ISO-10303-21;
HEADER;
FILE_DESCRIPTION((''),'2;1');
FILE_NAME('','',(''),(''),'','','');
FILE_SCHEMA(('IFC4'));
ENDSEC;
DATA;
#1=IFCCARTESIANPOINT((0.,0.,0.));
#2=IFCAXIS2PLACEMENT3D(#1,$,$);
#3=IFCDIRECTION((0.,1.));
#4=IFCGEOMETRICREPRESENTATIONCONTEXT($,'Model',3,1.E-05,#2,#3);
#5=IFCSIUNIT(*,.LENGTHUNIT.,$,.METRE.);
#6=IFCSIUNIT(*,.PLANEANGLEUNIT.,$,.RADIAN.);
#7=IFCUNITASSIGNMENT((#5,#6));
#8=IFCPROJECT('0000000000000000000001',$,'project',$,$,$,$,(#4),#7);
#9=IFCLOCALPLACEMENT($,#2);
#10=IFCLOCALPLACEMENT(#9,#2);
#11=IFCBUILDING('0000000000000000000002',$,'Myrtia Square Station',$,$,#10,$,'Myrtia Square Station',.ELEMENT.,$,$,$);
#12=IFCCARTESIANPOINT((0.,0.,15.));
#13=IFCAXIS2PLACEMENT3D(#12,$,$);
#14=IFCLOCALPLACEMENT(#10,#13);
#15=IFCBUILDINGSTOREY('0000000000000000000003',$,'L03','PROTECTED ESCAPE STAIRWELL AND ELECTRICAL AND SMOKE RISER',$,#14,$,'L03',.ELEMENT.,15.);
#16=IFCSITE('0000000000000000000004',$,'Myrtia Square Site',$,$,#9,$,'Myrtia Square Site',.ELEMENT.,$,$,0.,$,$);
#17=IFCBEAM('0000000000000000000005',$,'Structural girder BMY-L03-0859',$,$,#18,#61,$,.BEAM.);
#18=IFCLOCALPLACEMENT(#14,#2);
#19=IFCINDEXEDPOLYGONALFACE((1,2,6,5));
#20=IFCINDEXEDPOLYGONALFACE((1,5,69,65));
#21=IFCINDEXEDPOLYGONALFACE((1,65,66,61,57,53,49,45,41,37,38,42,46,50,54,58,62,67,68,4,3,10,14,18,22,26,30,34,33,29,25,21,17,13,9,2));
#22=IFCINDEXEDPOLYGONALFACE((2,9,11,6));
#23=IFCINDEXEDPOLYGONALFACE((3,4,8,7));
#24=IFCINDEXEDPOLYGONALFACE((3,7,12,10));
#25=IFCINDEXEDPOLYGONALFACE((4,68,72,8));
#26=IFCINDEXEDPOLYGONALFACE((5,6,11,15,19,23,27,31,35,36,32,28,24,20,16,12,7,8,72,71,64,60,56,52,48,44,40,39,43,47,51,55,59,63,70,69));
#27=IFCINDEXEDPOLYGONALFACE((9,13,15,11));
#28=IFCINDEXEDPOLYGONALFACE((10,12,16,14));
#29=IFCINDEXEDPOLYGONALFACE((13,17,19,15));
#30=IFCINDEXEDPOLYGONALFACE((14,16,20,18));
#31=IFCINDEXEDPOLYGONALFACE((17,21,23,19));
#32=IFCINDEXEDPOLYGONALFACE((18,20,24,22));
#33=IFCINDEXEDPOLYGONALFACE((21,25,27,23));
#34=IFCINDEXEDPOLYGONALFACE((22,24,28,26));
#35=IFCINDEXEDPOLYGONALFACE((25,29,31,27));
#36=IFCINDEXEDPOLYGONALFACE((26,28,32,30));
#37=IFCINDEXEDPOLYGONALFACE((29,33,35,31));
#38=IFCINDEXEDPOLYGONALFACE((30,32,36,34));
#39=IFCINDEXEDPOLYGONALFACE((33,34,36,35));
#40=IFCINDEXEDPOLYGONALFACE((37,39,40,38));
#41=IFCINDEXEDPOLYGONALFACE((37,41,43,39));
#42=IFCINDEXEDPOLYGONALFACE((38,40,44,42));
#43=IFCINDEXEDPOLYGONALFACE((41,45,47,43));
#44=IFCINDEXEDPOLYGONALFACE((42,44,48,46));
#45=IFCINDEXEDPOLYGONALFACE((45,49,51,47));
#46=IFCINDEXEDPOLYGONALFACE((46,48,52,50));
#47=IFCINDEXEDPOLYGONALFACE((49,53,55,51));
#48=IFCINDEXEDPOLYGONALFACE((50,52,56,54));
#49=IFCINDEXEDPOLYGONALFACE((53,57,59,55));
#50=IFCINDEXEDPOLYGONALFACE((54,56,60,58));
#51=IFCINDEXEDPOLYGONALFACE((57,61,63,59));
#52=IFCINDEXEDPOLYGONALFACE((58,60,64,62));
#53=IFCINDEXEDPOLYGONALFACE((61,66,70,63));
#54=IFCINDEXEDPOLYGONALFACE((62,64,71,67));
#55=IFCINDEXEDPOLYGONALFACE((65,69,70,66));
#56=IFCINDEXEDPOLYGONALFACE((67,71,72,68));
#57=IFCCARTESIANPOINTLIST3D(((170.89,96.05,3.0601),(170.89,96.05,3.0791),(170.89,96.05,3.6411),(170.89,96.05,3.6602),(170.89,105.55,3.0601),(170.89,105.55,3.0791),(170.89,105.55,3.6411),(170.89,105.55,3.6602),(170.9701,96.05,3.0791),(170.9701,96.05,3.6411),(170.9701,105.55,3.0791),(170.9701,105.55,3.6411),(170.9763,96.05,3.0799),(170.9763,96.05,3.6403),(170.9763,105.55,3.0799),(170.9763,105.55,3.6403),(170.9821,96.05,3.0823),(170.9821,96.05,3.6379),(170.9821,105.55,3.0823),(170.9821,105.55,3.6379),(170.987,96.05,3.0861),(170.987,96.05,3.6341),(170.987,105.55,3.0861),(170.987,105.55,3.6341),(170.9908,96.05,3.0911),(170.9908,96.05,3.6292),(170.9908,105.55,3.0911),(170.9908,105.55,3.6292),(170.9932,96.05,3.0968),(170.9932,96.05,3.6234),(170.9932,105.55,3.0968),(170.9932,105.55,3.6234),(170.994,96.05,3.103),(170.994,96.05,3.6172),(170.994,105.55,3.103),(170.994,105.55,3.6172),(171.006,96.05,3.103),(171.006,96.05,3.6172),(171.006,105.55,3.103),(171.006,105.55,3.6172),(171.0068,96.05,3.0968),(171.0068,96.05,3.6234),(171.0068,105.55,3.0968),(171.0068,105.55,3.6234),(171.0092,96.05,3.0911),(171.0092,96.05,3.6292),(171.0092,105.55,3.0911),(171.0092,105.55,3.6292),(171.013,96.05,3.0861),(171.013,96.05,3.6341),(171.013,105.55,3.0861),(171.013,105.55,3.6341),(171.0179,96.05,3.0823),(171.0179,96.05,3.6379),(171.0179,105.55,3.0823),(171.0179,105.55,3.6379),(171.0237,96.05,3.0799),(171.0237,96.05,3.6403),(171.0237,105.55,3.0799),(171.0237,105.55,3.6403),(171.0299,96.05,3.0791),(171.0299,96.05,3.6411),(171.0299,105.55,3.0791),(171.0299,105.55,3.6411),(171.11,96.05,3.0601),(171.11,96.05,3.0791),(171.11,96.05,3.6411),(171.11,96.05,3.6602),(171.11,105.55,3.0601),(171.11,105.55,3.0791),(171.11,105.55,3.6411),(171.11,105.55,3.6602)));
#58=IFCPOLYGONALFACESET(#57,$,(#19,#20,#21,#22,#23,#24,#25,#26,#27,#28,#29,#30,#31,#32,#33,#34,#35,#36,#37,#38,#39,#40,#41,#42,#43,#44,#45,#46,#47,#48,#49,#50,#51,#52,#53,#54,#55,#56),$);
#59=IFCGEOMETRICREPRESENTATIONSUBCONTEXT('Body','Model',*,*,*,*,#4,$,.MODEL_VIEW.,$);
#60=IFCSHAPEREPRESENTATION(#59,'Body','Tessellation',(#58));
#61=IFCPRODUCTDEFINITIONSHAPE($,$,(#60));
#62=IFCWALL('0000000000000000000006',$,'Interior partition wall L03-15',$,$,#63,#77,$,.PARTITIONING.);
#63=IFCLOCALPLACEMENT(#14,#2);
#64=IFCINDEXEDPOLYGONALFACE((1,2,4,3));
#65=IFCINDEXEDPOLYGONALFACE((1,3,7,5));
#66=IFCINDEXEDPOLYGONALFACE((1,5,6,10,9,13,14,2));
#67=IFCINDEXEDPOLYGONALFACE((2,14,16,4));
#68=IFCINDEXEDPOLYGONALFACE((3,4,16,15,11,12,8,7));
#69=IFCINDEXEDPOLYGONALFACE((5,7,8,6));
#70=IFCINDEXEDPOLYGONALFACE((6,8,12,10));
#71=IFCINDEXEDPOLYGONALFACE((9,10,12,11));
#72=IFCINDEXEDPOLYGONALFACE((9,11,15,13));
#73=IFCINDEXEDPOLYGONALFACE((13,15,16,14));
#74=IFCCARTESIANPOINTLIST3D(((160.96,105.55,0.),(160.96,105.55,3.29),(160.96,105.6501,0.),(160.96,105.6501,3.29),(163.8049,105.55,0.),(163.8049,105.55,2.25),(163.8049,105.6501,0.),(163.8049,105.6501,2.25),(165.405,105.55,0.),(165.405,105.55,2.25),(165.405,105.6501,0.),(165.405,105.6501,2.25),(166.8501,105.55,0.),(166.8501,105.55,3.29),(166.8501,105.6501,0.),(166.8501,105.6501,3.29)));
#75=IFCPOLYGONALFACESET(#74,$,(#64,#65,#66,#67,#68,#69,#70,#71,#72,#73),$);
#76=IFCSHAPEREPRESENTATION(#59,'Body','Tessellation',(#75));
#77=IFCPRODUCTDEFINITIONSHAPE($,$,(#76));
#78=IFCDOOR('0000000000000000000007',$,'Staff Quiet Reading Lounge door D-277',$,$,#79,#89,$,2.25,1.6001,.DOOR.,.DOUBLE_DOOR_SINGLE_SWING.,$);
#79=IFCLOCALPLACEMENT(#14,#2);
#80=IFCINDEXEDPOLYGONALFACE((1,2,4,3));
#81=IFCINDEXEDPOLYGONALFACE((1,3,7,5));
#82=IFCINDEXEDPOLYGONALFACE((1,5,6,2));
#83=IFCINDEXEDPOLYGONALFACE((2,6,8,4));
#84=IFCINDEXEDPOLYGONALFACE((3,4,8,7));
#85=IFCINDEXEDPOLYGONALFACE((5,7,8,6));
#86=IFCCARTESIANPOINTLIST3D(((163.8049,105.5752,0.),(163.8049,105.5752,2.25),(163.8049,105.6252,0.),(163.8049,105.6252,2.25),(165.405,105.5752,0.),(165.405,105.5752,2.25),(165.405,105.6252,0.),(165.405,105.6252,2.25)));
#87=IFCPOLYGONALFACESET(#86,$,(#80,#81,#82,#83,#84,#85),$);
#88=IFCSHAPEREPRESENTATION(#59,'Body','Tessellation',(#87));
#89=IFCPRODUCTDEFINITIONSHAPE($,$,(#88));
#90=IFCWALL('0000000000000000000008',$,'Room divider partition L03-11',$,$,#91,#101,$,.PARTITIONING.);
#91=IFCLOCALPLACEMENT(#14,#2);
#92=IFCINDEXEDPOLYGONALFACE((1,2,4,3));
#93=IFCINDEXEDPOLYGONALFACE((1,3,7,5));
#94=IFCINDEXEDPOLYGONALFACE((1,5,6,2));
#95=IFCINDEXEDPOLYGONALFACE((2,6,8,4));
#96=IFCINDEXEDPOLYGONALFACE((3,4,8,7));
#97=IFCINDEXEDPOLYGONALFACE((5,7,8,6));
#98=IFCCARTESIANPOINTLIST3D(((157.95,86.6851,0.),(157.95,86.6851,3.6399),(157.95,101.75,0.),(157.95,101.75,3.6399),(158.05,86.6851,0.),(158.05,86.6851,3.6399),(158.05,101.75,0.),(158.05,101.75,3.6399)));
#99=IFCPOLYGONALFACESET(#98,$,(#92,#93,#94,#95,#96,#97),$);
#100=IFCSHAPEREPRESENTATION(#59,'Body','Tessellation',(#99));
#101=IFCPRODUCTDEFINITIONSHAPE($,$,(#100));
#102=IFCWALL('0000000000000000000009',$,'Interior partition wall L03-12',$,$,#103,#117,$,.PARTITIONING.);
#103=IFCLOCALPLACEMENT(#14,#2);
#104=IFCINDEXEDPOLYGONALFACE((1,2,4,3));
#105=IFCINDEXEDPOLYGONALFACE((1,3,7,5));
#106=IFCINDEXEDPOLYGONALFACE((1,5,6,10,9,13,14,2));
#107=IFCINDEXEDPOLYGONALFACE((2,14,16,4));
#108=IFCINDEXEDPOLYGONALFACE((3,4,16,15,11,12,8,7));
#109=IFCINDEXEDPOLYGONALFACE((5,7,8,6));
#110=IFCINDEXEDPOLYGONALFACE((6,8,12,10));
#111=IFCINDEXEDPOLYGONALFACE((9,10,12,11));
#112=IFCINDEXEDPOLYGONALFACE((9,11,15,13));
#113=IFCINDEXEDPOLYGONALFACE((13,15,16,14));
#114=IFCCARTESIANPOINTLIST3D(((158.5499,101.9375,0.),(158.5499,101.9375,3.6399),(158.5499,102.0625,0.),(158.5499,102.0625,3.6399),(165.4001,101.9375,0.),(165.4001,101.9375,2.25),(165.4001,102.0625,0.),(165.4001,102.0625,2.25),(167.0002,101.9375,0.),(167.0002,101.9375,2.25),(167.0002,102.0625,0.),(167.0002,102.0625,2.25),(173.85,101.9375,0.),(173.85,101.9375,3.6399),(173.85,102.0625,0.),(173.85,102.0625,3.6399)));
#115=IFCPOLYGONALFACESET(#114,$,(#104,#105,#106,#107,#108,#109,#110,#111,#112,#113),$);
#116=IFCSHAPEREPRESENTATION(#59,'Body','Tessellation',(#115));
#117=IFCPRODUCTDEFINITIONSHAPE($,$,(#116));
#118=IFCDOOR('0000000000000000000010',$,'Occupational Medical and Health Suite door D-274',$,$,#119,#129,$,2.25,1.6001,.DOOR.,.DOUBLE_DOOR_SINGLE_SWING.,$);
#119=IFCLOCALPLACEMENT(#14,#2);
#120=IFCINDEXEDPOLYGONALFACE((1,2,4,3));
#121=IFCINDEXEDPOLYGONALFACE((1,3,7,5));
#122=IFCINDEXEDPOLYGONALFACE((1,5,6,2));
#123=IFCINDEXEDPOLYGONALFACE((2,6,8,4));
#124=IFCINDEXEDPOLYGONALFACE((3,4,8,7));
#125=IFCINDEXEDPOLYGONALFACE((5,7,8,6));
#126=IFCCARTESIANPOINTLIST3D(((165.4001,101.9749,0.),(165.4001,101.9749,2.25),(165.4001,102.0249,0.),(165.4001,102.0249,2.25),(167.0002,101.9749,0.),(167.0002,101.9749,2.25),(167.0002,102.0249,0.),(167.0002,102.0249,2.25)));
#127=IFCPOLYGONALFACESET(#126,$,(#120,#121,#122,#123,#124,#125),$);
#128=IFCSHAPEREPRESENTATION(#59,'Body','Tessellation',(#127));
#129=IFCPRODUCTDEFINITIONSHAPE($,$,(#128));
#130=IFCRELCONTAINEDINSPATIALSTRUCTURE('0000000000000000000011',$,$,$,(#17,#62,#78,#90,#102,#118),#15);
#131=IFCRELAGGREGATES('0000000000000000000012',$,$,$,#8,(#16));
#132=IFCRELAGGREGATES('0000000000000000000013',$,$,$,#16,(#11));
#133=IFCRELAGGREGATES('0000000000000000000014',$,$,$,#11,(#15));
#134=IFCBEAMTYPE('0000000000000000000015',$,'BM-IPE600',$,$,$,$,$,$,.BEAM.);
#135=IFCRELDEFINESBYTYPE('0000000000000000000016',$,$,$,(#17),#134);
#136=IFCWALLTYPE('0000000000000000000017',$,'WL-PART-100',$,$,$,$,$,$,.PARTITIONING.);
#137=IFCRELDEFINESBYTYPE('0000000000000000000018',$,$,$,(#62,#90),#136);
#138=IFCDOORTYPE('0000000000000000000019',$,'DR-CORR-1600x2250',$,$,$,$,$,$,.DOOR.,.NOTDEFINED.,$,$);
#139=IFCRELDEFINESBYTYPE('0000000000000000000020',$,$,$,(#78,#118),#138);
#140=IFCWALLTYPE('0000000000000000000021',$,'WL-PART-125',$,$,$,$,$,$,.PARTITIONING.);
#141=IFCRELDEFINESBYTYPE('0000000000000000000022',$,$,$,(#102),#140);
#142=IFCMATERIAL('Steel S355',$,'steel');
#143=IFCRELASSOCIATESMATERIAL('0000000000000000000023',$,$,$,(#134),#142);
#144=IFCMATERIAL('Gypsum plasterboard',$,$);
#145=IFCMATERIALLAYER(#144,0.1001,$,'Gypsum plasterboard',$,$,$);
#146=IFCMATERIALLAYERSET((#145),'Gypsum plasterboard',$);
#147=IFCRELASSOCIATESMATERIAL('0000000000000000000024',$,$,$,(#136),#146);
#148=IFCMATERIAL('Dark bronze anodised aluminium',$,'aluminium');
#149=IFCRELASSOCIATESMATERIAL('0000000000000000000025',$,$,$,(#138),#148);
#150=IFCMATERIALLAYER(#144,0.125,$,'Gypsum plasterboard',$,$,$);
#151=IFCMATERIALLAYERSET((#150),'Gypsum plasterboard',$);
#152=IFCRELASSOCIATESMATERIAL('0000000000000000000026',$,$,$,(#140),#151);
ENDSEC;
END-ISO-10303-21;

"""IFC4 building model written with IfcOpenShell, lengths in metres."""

from ifc_helpers import new_model, si_unit, direction, frame, frame_2d, origin, origin_2d, place, context, subcontext, project, spatial, rectangle, i_section, extrude, material, layer, layer_set, material_profile, profile_set, type_object, element, fill, save


model = new_model("IFC4")

# Units and contexts
model_context = context("Model", 3, precision=1e-05, world=origin(), true_north=direction((0.0, 1.0)))
body_context = subcontext(model_context, "Body", "Model", "MODEL_VIEW")
ifc_project = project(units=[si_unit("LENGTHUNIT", "METRE"), si_unit("PLANEANGLEUNIT", "RADIAN")], contexts=[model_context])

# Site, building, storey
site_placement = place(None, origin())
site = spatial("IfcSite", under=ifc_project, at=site_placement, Name="Myrtia Square Site", LongName="Myrtia Square Site", CompositionType="ELEMENT", RefElevation=0.0)
building_placement = place(site_placement, origin())
building = spatial("IfcBuilding", under=site, at=building_placement, Name="Myrtia Square Station", LongName="Myrtia Square Station", CompositionType="ELEMENT")
storey_placement = place(building_placement, frame((0.0, 0.0, 15.0)))
storey = spatial("IfcBuildingStorey", under=building, at=storey_placement, Name="L03", Description="PROTECTED ESCAPE STAIRWELL AND ELECTRICAL AND SMOKE RISER", LongName="L03", CompositionType="ELEMENT", Elevation=15.0)

# Shared definitions
ifc_material_1 = material(Name="Steel S355", Category="steel")

# Beam
ifc_material_profile_1 = material_profile(ifc_material_1, i_section(OverallWidth=0.22, OverallDepth=0.6001, WebThickness=0.012, FlangeThickness=0.019, FilletRadius=0.0239, at=origin_2d()), Name="IPE 600")
ifc_profile_set_1 = profile_set([ifc_material_profile_1], Name="Steel S355")
beam_type_1 = type_object("IfcBeamType", Name="BM-IPE600", PredefinedType="BEAM", material=ifc_profile_set_1)
beam_1_placement = place(storey_placement, frame((171.0, 96.05, 3.3601), z_axis=(0.0, 1.0, 0.0), x_axis=(-1.0, 0.0, 0.0)))
element("IfcBeam", 1, at=beam_1_placement, inside=storey, type_object=beam_type_1, Name="Structural girder BMY-L03-0859", PredefinedType="BEAM", context=body_context, shape_type="SweptSolid", body=[
    extrude(i_section(OverallWidth=0.22, OverallDepth=0.6001, WebThickness=0.012, FlangeThickness=0.019, FilletRadius=0.0239, at=origin_2d()), origin(), (0.0, 0.0, 1.0), 9.5),
])

# Wall, opening, door
ifc_material_2 = material(Name="Gypsum plasterboard")
ifc_layer_1 = layer(ifc_material_2, 0.1001, Name="Gypsum plasterboard")
ifc_layer_set_1 = layer_set([ifc_layer_1], Name="Gypsum plasterboard")
wall_type_1 = type_object("IfcWallType", Name="WL-PART-100", PredefinedType="PARTITIONING", material=ifc_layer_set_1)
wall_1_placement = place(storey_placement, frame((160.96, 105.6001, 0.0), z_axis=(0.0, 0.0, 1.0), x_axis=(1.0, 0.0, 0.0)))
wall_1 = element("IfcWall", 2, at=wall_1_placement, inside=storey, type_object=wall_type_1, Name="Interior partition wall L03-15", PredefinedType="PARTITIONING", context=body_context, shape_type="SweptSolid", body=[
    extrude(rectangle(XDim=5.8901, YDim=0.1001, at=frame_2d((2.9451, 0.0))), origin(), (0.0, 0.0, 1.0), 3.29),
])
opening_1_placement = place(wall_1_placement, frame((2.845, 0.0, 0.0)))
opening_1 = element("IfcOpeningElement", 3, at=opening_1_placement, cuts=wall_1, PredefinedType="OPENING", context=body_context, shape_type="SweptSolid", body=[
    extrude(rectangle(XDim=1.6001, YDim=2.25, at=frame_2d((0.8, 1.125))), frame((0.0, 0.0649, 0.0), z_axis=(0.0, -1.0, 0.0), x_axis=(1.0, 0.0, 0.0)), (0.0, 0.0, 1.0), 0.1301),
])
ifc_material_3 = material(Name="Dark bronze anodised aluminium", Category="aluminium")
door_type = type_object("IfcDoorType", Name="DR-CORR-1600x2250", OperationType="NOTDEFINED", PredefinedType="DOOR", material=ifc_material_3)
door_1_placement = place(opening_1_placement, frame((1.6001, 0.0, 0.0), z_axis=(0.0, 0.0, 1.0), x_axis=(-1.0, 0.0, 0.0)))
door_1 = element("IfcDoor", 4, at=door_1_placement, inside=storey, type_object=door_type, Name="Staff Quiet Reading Lounge door D-277", OperationType="DOUBLE_DOOR_SINGLE_SWING", OverallHeight=2.25, OverallWidth=1.6001, PredefinedType="DOOR", context=body_context, shape_type="SweptSolid", body=[
    extrude(rectangle(XDim=1.6001, YDim=2.25, at=frame_2d((0.8, 1.125))), frame((0.0, 0.0249, 0.0), z_axis=(0.0, -1.0, 0.0), x_axis=(1.0, 0.0, 0.0)), (0.0, 0.0, 1.0), 0.05),
])
fill(opening_1, door_1)

# Wall
wall_2_placement = place(storey_placement, frame((158.0, 86.6851, 0.0), z_axis=(0.0, 0.0, 1.0), x_axis=(0.0, 1.0, 0.0)))
element("IfcWall", 5, at=wall_2_placement, inside=storey, type_object=wall_type_1, Name="Room divider partition L03-11", PredefinedType="PARTITIONING", context=body_context, shape_type="SweptSolid", body=[
    extrude(rectangle(XDim=15.0649, YDim=0.1001, at=frame_2d((7.5325, 0.0))), origin(), (0.0, 0.0, 1.0), 3.6399),
])

# Wall, opening, door
ifc_layer_2 = layer(ifc_material_2, 0.125, Name="Gypsum plasterboard")
ifc_layer_set_2 = layer_set([ifc_layer_2], Name="Gypsum plasterboard")
wall_type_2 = type_object("IfcWallType", Name="WL-PART-125", PredefinedType="PARTITIONING", material=ifc_layer_set_2)
wall_3_placement = place(storey_placement, frame((158.55, 102.0, 0.0), z_axis=(0.0, 0.0, 1.0), x_axis=(1.0, 0.0, 0.0)))
wall_3 = element("IfcWall", 6, at=wall_3_placement, inside=storey, type_object=wall_type_2, Name="Interior partition wall L03-12", PredefinedType="PARTITIONING", context=body_context, shape_type="SweptSolid", body=[
    extrude(rectangle(XDim=15.3, YDim=0.125, at=frame_2d((7.6499, 0.0))), origin(), (0.0, 0.0, 1.0), 3.6399),
])
opening_2_placement = place(wall_3_placement, frame((6.8501, 0.0, 0.0)))
opening_2 = element("IfcOpeningElement", 7, at=opening_2_placement, cuts=wall_3, PredefinedType="OPENING", context=body_context, shape_type="SweptSolid", body=[
    extrude(rectangle(XDim=1.6001, YDim=2.25, at=frame_2d((0.8, 1.125))), frame((0.0, 0.0774, 0.0), z_axis=(0.0, -1.0, 0.0), x_axis=(1.0, 0.0, 0.0)), (0.0, 0.0, 1.0), 0.155),
])
door_2_placement = place(opening_2_placement, origin())
door_2 = element("IfcDoor", 8, at=door_2_placement, inside=storey, type_object=door_type, Name="Occupational Medical and Health Suite door D-274", OperationType="DOUBLE_DOOR_SINGLE_SWING", OverallHeight=2.25, OverallWidth=1.6001, PredefinedType="DOOR", context=body_context, shape_type="SweptSolid", body=[
    extrude(rectangle(XDim=1.6001, YDim=2.25, at=frame_2d((0.8, 1.125))), frame((0.0, 0.0249, 0.0), z_axis=(0.0, -1.0, 0.0), x_axis=(1.0, 0.0, 0.0)), (0.0, 0.0, 1.0), 0.05),
])
fill(opening_2, door_2)

save(model, "model.ifc")
